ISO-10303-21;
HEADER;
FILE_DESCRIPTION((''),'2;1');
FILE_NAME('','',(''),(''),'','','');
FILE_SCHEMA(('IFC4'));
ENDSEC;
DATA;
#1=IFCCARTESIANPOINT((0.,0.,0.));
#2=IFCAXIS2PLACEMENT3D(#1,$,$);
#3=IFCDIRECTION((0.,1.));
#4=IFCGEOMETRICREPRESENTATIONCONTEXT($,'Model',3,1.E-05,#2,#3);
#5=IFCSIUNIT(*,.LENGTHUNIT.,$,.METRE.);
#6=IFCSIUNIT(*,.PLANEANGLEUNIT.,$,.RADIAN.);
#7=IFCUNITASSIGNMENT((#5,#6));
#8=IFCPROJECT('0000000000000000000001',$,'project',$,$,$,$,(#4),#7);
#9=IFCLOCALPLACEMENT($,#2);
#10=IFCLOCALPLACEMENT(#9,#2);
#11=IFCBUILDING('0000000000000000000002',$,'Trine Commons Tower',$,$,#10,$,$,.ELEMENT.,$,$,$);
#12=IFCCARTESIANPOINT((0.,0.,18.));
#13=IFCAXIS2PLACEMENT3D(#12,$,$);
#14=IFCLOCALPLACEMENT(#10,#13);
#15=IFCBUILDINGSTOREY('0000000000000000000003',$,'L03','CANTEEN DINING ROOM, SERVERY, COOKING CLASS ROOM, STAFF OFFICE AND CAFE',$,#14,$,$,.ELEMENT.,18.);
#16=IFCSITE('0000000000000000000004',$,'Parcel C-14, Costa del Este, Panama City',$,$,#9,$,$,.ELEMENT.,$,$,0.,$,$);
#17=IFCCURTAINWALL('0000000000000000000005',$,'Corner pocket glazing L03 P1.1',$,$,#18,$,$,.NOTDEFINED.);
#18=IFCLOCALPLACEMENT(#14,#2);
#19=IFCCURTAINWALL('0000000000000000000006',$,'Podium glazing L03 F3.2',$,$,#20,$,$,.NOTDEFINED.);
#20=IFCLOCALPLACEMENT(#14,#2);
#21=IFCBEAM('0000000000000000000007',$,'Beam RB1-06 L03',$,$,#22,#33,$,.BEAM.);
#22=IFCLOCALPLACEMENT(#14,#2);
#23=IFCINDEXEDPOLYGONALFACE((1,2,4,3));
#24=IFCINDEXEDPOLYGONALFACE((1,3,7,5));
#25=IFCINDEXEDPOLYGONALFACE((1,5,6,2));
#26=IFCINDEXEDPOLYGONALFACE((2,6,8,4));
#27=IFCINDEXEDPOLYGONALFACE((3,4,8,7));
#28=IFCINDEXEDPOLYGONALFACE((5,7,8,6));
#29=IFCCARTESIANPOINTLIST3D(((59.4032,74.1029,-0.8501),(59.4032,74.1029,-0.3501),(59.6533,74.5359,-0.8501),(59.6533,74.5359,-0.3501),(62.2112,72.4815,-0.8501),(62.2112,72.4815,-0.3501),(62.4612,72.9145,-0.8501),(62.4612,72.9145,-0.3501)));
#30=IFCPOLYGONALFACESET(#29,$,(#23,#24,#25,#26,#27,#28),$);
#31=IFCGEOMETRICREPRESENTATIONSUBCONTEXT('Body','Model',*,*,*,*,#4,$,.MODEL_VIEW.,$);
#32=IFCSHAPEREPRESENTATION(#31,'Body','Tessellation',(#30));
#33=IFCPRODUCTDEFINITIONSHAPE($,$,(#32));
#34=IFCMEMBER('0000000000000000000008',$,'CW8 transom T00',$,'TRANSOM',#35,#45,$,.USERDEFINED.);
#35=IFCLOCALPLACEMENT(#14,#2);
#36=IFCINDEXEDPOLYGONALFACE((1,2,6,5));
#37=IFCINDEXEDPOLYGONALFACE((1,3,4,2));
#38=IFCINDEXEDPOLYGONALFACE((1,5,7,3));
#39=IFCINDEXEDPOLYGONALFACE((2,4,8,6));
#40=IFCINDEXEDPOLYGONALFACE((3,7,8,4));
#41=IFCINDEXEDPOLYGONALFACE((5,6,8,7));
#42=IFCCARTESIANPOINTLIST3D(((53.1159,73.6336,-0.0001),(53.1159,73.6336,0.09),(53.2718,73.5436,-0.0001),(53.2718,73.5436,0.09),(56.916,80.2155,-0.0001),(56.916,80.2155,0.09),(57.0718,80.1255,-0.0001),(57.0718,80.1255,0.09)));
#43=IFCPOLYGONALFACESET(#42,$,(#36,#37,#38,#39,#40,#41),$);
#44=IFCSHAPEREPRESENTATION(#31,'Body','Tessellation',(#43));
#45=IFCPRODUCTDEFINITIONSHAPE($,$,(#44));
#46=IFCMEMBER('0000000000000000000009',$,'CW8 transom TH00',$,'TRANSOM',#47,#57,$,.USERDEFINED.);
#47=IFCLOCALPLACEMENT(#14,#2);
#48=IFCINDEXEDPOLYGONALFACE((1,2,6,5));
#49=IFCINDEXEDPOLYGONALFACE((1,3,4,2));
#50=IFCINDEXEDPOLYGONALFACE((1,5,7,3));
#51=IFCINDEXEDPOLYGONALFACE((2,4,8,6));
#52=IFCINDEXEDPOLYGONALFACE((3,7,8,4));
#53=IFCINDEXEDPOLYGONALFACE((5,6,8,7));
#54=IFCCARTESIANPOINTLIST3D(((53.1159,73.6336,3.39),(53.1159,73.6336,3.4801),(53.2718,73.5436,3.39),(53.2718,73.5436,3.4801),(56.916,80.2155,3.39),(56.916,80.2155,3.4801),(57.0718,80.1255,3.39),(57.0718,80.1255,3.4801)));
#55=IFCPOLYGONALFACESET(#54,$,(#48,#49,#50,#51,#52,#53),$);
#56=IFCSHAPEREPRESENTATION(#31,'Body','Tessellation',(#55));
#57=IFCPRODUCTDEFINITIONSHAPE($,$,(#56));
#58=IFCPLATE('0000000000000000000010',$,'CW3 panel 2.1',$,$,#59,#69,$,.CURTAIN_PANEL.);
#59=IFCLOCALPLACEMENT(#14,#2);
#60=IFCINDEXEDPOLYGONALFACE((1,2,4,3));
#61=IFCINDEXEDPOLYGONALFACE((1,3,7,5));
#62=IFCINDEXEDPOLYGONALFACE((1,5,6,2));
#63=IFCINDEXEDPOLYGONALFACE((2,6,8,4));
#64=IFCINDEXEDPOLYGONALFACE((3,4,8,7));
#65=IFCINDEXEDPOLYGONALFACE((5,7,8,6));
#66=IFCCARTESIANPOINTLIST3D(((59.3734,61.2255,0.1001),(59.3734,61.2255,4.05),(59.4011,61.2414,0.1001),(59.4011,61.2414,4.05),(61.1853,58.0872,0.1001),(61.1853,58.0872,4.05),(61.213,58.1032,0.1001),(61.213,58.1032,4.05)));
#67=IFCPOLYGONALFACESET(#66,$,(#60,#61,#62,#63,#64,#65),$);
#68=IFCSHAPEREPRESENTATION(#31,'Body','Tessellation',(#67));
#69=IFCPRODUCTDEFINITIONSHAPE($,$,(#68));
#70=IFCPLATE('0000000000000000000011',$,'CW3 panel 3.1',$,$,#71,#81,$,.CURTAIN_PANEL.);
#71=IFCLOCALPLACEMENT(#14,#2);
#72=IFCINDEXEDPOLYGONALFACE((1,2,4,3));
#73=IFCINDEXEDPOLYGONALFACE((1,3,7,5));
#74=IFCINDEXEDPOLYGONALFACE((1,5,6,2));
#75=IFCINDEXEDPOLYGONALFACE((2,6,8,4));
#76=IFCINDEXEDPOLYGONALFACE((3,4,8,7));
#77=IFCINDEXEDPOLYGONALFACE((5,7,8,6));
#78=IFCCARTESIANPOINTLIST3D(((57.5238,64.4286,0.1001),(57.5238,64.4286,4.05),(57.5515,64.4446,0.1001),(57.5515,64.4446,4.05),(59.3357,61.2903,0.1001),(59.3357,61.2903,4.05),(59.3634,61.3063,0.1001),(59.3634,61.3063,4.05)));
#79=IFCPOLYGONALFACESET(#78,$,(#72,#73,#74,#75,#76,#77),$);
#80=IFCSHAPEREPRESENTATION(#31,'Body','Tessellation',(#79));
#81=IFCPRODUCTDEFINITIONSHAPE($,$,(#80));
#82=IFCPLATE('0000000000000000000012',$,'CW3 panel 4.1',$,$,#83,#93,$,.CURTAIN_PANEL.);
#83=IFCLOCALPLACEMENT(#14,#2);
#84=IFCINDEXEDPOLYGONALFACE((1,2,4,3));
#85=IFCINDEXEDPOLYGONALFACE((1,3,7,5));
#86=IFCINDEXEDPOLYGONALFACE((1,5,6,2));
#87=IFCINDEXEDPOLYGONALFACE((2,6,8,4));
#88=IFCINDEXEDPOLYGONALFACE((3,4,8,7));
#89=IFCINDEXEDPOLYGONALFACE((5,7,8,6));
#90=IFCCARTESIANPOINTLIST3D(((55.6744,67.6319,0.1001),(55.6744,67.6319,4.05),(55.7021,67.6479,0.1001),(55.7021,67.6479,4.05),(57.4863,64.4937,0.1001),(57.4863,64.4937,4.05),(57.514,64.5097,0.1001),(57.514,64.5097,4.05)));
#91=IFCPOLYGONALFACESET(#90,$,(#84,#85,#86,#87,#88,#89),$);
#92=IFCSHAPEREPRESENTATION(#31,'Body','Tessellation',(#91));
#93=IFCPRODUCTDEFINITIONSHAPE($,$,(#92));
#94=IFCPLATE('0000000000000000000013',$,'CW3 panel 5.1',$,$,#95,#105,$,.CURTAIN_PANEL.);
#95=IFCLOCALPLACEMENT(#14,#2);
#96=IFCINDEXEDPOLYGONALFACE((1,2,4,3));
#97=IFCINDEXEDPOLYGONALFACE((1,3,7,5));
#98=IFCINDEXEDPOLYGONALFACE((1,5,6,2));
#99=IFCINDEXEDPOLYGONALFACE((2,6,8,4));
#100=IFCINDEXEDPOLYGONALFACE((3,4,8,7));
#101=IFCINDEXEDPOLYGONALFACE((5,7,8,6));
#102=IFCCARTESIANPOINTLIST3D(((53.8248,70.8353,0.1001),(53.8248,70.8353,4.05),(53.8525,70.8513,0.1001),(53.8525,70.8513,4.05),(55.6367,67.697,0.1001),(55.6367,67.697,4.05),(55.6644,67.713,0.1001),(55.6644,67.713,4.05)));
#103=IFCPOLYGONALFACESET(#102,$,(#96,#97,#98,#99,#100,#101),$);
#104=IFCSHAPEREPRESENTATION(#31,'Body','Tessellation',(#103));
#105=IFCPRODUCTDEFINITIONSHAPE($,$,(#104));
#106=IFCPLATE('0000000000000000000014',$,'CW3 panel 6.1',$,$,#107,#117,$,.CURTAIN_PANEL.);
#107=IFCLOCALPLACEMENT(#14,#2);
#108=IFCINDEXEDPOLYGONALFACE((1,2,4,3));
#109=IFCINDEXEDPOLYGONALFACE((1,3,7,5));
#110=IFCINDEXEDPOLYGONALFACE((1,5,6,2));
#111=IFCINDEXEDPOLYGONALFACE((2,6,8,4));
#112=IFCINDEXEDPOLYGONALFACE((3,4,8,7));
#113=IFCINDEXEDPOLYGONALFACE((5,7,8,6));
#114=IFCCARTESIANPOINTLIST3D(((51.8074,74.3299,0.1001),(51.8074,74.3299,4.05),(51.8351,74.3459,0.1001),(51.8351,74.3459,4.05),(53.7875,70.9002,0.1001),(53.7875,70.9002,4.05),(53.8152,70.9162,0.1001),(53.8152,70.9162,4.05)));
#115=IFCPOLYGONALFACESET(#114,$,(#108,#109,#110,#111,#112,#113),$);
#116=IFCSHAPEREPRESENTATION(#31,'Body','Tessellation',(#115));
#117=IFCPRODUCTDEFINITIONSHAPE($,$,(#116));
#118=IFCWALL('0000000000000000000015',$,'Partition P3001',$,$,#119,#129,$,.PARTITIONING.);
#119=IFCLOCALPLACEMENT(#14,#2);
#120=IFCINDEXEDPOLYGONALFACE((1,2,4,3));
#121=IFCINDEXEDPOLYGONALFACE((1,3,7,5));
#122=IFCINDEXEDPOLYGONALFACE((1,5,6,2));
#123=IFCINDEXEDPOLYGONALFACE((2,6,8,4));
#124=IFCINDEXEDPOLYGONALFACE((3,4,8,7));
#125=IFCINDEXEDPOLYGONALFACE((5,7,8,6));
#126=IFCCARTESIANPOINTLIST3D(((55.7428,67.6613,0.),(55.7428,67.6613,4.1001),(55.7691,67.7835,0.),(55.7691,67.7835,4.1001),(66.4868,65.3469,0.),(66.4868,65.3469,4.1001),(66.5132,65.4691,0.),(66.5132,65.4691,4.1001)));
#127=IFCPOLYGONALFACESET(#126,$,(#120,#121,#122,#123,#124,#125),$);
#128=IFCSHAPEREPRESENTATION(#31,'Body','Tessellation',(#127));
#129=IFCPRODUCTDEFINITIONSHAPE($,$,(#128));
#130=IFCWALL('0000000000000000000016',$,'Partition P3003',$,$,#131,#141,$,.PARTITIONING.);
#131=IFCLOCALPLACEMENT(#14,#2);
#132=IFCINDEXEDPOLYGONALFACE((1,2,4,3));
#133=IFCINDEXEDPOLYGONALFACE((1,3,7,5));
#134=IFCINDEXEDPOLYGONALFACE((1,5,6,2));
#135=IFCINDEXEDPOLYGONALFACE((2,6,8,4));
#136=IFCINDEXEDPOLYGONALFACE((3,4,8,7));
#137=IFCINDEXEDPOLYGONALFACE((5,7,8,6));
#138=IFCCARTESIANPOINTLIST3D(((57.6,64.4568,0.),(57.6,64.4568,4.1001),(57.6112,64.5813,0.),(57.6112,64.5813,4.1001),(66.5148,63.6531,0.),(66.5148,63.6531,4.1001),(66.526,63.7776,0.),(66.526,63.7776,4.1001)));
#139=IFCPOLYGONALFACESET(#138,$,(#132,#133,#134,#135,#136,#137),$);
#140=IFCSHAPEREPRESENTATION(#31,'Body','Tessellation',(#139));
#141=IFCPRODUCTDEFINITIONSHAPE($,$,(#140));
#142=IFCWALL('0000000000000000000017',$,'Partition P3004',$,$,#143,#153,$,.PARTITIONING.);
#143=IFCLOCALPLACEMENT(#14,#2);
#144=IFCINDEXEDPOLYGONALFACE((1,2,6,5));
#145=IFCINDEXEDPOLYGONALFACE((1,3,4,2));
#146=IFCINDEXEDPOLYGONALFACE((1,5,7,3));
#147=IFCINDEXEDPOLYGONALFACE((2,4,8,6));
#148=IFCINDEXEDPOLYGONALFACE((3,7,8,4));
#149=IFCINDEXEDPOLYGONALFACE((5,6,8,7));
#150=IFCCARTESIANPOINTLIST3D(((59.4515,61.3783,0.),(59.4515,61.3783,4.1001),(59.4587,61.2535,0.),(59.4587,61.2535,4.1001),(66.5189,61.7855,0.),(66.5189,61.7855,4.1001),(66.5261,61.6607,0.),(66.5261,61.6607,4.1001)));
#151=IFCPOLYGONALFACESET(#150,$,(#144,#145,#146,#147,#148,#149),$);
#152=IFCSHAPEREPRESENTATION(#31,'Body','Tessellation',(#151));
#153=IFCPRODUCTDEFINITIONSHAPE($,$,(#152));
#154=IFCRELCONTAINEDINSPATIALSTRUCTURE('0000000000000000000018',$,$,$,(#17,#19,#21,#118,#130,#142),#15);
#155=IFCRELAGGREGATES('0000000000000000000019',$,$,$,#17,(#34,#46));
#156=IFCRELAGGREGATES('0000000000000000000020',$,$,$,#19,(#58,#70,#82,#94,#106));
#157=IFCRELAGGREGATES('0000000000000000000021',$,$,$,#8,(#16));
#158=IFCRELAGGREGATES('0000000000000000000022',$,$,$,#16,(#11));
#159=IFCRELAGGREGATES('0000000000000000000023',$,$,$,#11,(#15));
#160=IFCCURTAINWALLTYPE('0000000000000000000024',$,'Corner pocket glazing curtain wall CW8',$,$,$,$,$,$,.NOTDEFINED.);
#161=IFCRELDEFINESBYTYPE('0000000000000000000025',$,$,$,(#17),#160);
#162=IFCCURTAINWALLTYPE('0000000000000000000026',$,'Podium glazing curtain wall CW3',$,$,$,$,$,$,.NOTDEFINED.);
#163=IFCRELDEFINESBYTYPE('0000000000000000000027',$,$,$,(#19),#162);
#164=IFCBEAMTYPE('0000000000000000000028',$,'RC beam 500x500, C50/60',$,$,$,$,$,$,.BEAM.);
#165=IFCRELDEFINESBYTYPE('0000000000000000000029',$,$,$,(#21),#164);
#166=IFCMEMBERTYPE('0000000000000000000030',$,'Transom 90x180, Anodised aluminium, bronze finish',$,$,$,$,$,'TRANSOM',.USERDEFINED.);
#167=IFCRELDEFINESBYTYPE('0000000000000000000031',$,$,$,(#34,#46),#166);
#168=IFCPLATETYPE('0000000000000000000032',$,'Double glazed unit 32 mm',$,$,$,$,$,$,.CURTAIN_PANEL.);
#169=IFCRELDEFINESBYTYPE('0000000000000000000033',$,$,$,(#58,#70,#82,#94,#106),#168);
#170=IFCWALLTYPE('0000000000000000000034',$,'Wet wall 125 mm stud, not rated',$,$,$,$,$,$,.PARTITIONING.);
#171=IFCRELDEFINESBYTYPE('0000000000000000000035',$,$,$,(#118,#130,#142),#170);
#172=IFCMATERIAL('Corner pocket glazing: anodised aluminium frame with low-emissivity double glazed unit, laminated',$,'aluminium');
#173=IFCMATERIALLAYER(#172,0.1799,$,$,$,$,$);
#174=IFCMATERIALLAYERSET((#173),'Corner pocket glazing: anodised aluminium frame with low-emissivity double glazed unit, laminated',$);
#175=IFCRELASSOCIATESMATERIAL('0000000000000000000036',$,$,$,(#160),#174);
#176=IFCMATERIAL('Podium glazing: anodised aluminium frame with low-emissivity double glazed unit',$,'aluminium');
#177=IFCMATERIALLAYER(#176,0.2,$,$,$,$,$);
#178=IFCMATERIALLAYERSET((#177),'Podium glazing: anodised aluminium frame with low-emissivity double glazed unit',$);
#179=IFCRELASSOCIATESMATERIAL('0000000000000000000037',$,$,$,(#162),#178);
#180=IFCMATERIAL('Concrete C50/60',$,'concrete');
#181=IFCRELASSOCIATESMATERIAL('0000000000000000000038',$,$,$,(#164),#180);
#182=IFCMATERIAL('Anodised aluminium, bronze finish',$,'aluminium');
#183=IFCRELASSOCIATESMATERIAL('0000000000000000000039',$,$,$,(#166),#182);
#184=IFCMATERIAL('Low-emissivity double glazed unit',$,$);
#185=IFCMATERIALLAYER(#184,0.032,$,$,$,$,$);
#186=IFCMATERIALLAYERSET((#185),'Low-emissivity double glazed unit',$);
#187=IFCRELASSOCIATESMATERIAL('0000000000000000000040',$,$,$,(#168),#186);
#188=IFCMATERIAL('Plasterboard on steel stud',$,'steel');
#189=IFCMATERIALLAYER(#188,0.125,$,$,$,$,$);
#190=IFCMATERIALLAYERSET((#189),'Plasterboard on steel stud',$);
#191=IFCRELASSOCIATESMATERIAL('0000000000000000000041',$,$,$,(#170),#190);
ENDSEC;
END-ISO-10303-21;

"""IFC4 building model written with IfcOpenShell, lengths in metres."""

from ifc_helpers import new_model, si_unit, direction, frame, frame_2d, origin, origin_2d, place, context, subcontext, project, spatial, rectangle, extrude, material, layer, layer_set, material_profile, profile_set, type_object, element, aggregate, save


model = new_model("IFC4")

# Units and contexts
model_context = context("Model", 3, precision=1e-05, world=origin(), true_north=direction((0.0, 1.0)))
body_context = subcontext(model_context, "Body", "Model", "MODEL_VIEW")
ifc_project = project(units=[si_unit("LENGTHUNIT", "METRE"), si_unit("PLANEANGLEUNIT", "RADIAN")], contexts=[model_context])

# Site, building, storey
site_placement = place(None, origin())
site = spatial("IfcSite", under=ifc_project, at=site_placement, Name="Parcel C-14, Costa del Este, Panama City", CompositionType="ELEMENT", RefElevation=0.0)
building_placement = place(site_placement, origin())
building = spatial("IfcBuilding", under=site, at=building_placement, Name="Trine Commons Tower", CompositionType="ELEMENT")
storey_placement = place(building_placement, frame((0.0, 0.0, 18.0)))
storey = spatial("IfcBuildingStorey", under=building, at=storey_placement, Name="L03", Description="CANTEEN DINING ROOM, SERVERY, COOKING CLASS ROOM, STAFF OFFICE AND CAFE", CompositionType="ELEMENT", Elevation=18.0)

# Curtain wall
ifc_material_1 = material(Name="Corner pocket glazing: anodised aluminium frame with low-emissivity double glazed unit, laminated", Category="aluminium")
ifc_layer_1 = layer(ifc_material_1, 0.1799)
ifc_layer_set_1 = layer_set([ifc_layer_1], Name="Corner pocket glazing: anodised aluminium frame with low-emissivity double glazed unit, laminated")
curtain_wall_type_1 = type_object("IfcCurtainWallType", Name="Corner pocket glazing curtain wall CW8", PredefinedType="NOTDEFINED", material=ifc_layer_set_1)
curtain_wall_1_placement = place(storey_placement, origin())
curtain_wall_1 = element("IfcCurtainWall", 1, at=curtain_wall_1_placement, inside=storey, type_object=curtain_wall_type_1, Name="Corner pocket glazing L03 P1.1", PredefinedType="NOTDEFINED")
ifc_material_2 = material(Name="Anodised aluminium, bronze finish", Category="aluminium")

# Curtain wall
ifc_material_3 = material(Name="Podium glazing: anodised aluminium frame with low-emissivity double glazed unit", Category="aluminium")
ifc_layer_2 = layer(ifc_material_3, 0.2)
ifc_layer_set_2 = layer_set([ifc_layer_2], Name="Podium glazing: anodised aluminium frame with low-emissivity double glazed unit")
curtain_wall_type_2 = type_object("IfcCurtainWallType", Name="Podium glazing curtain wall CW3", PredefinedType="NOTDEFINED", material=ifc_layer_set_2)
curtain_wall_2_placement = place(storey_placement, origin())
curtain_wall_2 = element("IfcCurtainWall", 2, at=curtain_wall_2_placement, inside=storey, type_object=curtain_wall_type_2, Name="Podium glazing L03 F3.2", PredefinedType="NOTDEFINED")

# Beam
ifc_material_4 = material(Name="Concrete C50/60", Category="concrete")
ifc_material_profile_1 = material_profile(ifc_material_4, rectangle(XDim=0.5, YDim=0.5, at=origin_2d()), Name="RC 500x500")
ifc_profile_set_1 = profile_set([ifc_material_profile_1], Name="Concrete C50/60")
beam_type = type_object("IfcBeamType", Name="RC beam 500x500, C50/60", PredefinedType="BEAM", material=ifc_profile_set_1)
beam_1_placement = place(storey_placement, frame((62.3362, 72.698, -0.6001), z_axis=(-0.865996, 0.500051, 0.0), x_axis=(-0.500051, -0.865996, 0.0)))
element("IfcBeam", 3, at=beam_1_placement, inside=storey, type_object=beam_type, Name="Beam RB1-06 L03", PredefinedType="BEAM", context=body_context, shape_type="SweptSolid", body=[
    extrude(rectangle(XDim=0.5, YDim=0.5, at=origin_2d()), origin(), (0.0, 0.0, 1.0), 3.2424),
])

# Members
ifc_material_profile_2 = material_profile(ifc_material_2, rectangle(XDim=0.1799, YDim=0.0901, at=origin_2d()), Name="Transom 90x180")
ifc_profile_set_2 = profile_set([ifc_material_profile_2], Name="Anodised aluminium, bronze finish")
member_type_1 = type_object("IfcMemberType", Name="Transom 90x180, Anodised aluminium, bronze finish", ElementType="TRANSOM", PredefinedType="USERDEFINED", material=ifc_profile_set_2)
member_1_placement = place(storey_placement, frame((53.1938, 73.5886, 0.0449), z_axis=(0.500005, 0.866022, 0.0), x_axis=(-0.866022, 0.500005, 0.0)))
member_1 = element("IfcMember", 4, at=member_1_placement, type_object=member_type_1, Name="CW8 transom T00", ObjectType="TRANSOM", PredefinedType="USERDEFINED", context=body_context, shape_type="SweptSolid", body=[
    extrude(rectangle(XDim=0.1799, YDim=0.0901, at=origin_2d()), origin(), (0.0, 0.0, 1.0), 7.6001),
])
member_2_placement = place(storey_placement, frame((53.1938, 73.5886, 3.4351), z_axis=(0.500005, 0.866022, 0.0), x_axis=(-0.866022, 0.500005, 0.0)))
member_2 = element("IfcMember", 5, at=member_2_placement, type_object=member_type_1, Name="CW8 transom TH00", ObjectType="TRANSOM", PredefinedType="USERDEFINED", context=body_context, shape_type="SweptSolid", body=[
    extrude(rectangle(XDim=0.1799, YDim=0.0901, at=origin_2d()), origin(), (0.0, 0.0, 1.0), 7.6001),
])
aggregate(curtain_wall_1, [member_1, member_2])

# Plates
ifc_material_5 = material(Name="Low-emissivity double glazed unit")
ifc_layer_3 = layer(ifc_material_5, 0.032)
ifc_layer_set_3 = layer_set([ifc_layer_3], Name="Low-emissivity double glazed unit")
plate_type = type_object("IfcPlateType", Name="Double glazed unit 32 mm", PredefinedType="CURTAIN_PANEL", material=ifc_layer_set_3)
plate_1_placement = place(storey_placement, frame((60.2932, 59.6643, 0.1001), z_axis=(0.0, 0.0, 1.0), x_axis=(-0.5, 0.866025, 0.0)))
plate_1 = element("IfcPlate", 6, at=plate_1_placement, type_object=plate_type, Name="CW3 panel 2.1", PredefinedType="CURTAIN_PANEL", context=body_context, shape_type="SweptSolid", body=[
    extrude(rectangle(XDim=3.6238, YDim=0.032, at=origin_2d()), origin(), (0.0, 0.0, 1.0), 3.95),
])
plate_2_placement = place(storey_placement, frame((58.4436, 62.8674, 0.1001), z_axis=(0.0, 0.0, 1.0), x_axis=(-0.5, 0.866025, 0.0)))
plate_2 = element("IfcPlate", 7, at=plate_2_placement, type_object=plate_type, Name="CW3 panel 3.1", PredefinedType="CURTAIN_PANEL", context=body_context, shape_type="SweptSolid", body=[
    extrude(rectangle(XDim=3.6238, YDim=0.032, at=origin_2d()), origin(), (0.0, 0.0, 1.0), 3.95),
])
plate_3_placement = place(storey_placement, frame((56.5942, 66.0708, 0.1001), z_axis=(0.0, 0.0, 1.0), x_axis=(-0.5, 0.866025, 0.0)))
plate_3 = element("IfcPlate", 8, at=plate_3_placement, type_object=plate_type, Name="CW3 panel 4.1", PredefinedType="CURTAIN_PANEL", context=body_context, shape_type="SweptSolid", body=[
    extrude(rectangle(XDim=3.6238, YDim=0.032, at=origin_2d()), origin(), (0.0, 0.0, 1.0), 3.95),
])
plate_4_placement = place(storey_placement, frame((54.7446, 69.2742, 0.1001), z_axis=(0.0, 0.0, 1.0), x_axis=(-0.5, 0.866025, 0.0)))
plate_4 = element("IfcPlate", 9, at=plate_4_placement, type_object=plate_type, Name="CW3 panel 5.1", PredefinedType="CURTAIN_PANEL", context=body_context, shape_type="SweptSolid", body=[
    extrude(rectangle(XDim=3.6238, YDim=0.032, at=origin_2d()), origin(), (0.0, 0.0, 1.0), 3.95),
])
plate_5_placement = place(storey_placement, frame((52.8113, 72.623, 0.1001), z_axis=(0.0, 0.0, 1.0), x_axis=(-0.5, 0.866025, 0.0)))
plate_5 = element("IfcPlate", 10, at=plate_5_placement, type_object=plate_type, Name="CW3 panel 6.1", PredefinedType="CURTAIN_PANEL", context=body_context, shape_type="SweptSolid", body=[
    extrude(rectangle(XDim=3.9602, YDim=0.032, at=origin_2d()), origin(), (0.0, 0.0, 1.0), 3.95),
])
aggregate(curtain_wall_2, [plate_1, plate_2, plate_3, plate_4, plate_5])

# Walls
ifc_material_6 = material(Name="Plasterboard on steel stud", Category="steel")
ifc_layer_4 = layer(ifc_material_6, 0.125)
ifc_layer_set_4 = layer_set([ifc_layer_4], Name="Plasterboard on steel stud")
wall_type_1 = type_object("IfcWallType", Name="Wet wall 125 mm stud, not rated", PredefinedType="PARTITIONING", material=ifc_layer_set_4)
wall_1_placement = place(storey_placement, frame((55.7561, 67.7224, 0.0), z_axis=(0.0, 0.0, 1.0), x_axis=(0.977576, -0.210585, 0.0)))
element("IfcWall", 11, at=wall_1_placement, inside=storey, type_object=wall_type_1, Name="Partition P3001", PredefinedType="PARTITIONING", context=body_context, shape_type="SweptSolid", body=[
    extrude(rectangle(XDim=10.9905, YDim=0.125, at=frame_2d((5.4951, 0.0))), origin(), (0.0, 0.0, 1.0), 4.1001),
])
wall_2_placement = place(storey_placement, frame((57.6055, 64.519, 0.0), z_axis=(0.0, 0.0, 1.0), x_axis=(0.995961, -0.089791, 0.0)))
element("IfcWall", 12, at=wall_2_placement, inside=storey, type_object=wall_type_1, Name="Partition P3003", PredefinedType="PARTITIONING", context=body_context, shape_type="SweptSolid", body=[
    extrude(rectangle(XDim=8.9509, YDim=0.125, at=frame_2d((4.4756, 0.0))), origin(), (0.0, 0.0, 1.0), 4.1001),
])
wall_3_placement = place(storey_placement, frame((59.4551, 61.3159, 0.0), z_axis=(0.0, 0.0, 1.0), x_axis=(0.998344, 0.057525, 0.0)))
element("IfcWall", 13, at=wall_3_placement, inside=storey, type_object=wall_type_1, Name="Partition P3004", PredefinedType="PARTITIONING", context=body_context, shape_type="SweptSolid", body=[
    extrude(rectangle(XDim=7.0791, YDim=0.125, at=frame_2d((3.5396, 0.0))), origin(), (0.0, 0.0, 1.0), 4.1001),
])

save(model, "model.ifc")
